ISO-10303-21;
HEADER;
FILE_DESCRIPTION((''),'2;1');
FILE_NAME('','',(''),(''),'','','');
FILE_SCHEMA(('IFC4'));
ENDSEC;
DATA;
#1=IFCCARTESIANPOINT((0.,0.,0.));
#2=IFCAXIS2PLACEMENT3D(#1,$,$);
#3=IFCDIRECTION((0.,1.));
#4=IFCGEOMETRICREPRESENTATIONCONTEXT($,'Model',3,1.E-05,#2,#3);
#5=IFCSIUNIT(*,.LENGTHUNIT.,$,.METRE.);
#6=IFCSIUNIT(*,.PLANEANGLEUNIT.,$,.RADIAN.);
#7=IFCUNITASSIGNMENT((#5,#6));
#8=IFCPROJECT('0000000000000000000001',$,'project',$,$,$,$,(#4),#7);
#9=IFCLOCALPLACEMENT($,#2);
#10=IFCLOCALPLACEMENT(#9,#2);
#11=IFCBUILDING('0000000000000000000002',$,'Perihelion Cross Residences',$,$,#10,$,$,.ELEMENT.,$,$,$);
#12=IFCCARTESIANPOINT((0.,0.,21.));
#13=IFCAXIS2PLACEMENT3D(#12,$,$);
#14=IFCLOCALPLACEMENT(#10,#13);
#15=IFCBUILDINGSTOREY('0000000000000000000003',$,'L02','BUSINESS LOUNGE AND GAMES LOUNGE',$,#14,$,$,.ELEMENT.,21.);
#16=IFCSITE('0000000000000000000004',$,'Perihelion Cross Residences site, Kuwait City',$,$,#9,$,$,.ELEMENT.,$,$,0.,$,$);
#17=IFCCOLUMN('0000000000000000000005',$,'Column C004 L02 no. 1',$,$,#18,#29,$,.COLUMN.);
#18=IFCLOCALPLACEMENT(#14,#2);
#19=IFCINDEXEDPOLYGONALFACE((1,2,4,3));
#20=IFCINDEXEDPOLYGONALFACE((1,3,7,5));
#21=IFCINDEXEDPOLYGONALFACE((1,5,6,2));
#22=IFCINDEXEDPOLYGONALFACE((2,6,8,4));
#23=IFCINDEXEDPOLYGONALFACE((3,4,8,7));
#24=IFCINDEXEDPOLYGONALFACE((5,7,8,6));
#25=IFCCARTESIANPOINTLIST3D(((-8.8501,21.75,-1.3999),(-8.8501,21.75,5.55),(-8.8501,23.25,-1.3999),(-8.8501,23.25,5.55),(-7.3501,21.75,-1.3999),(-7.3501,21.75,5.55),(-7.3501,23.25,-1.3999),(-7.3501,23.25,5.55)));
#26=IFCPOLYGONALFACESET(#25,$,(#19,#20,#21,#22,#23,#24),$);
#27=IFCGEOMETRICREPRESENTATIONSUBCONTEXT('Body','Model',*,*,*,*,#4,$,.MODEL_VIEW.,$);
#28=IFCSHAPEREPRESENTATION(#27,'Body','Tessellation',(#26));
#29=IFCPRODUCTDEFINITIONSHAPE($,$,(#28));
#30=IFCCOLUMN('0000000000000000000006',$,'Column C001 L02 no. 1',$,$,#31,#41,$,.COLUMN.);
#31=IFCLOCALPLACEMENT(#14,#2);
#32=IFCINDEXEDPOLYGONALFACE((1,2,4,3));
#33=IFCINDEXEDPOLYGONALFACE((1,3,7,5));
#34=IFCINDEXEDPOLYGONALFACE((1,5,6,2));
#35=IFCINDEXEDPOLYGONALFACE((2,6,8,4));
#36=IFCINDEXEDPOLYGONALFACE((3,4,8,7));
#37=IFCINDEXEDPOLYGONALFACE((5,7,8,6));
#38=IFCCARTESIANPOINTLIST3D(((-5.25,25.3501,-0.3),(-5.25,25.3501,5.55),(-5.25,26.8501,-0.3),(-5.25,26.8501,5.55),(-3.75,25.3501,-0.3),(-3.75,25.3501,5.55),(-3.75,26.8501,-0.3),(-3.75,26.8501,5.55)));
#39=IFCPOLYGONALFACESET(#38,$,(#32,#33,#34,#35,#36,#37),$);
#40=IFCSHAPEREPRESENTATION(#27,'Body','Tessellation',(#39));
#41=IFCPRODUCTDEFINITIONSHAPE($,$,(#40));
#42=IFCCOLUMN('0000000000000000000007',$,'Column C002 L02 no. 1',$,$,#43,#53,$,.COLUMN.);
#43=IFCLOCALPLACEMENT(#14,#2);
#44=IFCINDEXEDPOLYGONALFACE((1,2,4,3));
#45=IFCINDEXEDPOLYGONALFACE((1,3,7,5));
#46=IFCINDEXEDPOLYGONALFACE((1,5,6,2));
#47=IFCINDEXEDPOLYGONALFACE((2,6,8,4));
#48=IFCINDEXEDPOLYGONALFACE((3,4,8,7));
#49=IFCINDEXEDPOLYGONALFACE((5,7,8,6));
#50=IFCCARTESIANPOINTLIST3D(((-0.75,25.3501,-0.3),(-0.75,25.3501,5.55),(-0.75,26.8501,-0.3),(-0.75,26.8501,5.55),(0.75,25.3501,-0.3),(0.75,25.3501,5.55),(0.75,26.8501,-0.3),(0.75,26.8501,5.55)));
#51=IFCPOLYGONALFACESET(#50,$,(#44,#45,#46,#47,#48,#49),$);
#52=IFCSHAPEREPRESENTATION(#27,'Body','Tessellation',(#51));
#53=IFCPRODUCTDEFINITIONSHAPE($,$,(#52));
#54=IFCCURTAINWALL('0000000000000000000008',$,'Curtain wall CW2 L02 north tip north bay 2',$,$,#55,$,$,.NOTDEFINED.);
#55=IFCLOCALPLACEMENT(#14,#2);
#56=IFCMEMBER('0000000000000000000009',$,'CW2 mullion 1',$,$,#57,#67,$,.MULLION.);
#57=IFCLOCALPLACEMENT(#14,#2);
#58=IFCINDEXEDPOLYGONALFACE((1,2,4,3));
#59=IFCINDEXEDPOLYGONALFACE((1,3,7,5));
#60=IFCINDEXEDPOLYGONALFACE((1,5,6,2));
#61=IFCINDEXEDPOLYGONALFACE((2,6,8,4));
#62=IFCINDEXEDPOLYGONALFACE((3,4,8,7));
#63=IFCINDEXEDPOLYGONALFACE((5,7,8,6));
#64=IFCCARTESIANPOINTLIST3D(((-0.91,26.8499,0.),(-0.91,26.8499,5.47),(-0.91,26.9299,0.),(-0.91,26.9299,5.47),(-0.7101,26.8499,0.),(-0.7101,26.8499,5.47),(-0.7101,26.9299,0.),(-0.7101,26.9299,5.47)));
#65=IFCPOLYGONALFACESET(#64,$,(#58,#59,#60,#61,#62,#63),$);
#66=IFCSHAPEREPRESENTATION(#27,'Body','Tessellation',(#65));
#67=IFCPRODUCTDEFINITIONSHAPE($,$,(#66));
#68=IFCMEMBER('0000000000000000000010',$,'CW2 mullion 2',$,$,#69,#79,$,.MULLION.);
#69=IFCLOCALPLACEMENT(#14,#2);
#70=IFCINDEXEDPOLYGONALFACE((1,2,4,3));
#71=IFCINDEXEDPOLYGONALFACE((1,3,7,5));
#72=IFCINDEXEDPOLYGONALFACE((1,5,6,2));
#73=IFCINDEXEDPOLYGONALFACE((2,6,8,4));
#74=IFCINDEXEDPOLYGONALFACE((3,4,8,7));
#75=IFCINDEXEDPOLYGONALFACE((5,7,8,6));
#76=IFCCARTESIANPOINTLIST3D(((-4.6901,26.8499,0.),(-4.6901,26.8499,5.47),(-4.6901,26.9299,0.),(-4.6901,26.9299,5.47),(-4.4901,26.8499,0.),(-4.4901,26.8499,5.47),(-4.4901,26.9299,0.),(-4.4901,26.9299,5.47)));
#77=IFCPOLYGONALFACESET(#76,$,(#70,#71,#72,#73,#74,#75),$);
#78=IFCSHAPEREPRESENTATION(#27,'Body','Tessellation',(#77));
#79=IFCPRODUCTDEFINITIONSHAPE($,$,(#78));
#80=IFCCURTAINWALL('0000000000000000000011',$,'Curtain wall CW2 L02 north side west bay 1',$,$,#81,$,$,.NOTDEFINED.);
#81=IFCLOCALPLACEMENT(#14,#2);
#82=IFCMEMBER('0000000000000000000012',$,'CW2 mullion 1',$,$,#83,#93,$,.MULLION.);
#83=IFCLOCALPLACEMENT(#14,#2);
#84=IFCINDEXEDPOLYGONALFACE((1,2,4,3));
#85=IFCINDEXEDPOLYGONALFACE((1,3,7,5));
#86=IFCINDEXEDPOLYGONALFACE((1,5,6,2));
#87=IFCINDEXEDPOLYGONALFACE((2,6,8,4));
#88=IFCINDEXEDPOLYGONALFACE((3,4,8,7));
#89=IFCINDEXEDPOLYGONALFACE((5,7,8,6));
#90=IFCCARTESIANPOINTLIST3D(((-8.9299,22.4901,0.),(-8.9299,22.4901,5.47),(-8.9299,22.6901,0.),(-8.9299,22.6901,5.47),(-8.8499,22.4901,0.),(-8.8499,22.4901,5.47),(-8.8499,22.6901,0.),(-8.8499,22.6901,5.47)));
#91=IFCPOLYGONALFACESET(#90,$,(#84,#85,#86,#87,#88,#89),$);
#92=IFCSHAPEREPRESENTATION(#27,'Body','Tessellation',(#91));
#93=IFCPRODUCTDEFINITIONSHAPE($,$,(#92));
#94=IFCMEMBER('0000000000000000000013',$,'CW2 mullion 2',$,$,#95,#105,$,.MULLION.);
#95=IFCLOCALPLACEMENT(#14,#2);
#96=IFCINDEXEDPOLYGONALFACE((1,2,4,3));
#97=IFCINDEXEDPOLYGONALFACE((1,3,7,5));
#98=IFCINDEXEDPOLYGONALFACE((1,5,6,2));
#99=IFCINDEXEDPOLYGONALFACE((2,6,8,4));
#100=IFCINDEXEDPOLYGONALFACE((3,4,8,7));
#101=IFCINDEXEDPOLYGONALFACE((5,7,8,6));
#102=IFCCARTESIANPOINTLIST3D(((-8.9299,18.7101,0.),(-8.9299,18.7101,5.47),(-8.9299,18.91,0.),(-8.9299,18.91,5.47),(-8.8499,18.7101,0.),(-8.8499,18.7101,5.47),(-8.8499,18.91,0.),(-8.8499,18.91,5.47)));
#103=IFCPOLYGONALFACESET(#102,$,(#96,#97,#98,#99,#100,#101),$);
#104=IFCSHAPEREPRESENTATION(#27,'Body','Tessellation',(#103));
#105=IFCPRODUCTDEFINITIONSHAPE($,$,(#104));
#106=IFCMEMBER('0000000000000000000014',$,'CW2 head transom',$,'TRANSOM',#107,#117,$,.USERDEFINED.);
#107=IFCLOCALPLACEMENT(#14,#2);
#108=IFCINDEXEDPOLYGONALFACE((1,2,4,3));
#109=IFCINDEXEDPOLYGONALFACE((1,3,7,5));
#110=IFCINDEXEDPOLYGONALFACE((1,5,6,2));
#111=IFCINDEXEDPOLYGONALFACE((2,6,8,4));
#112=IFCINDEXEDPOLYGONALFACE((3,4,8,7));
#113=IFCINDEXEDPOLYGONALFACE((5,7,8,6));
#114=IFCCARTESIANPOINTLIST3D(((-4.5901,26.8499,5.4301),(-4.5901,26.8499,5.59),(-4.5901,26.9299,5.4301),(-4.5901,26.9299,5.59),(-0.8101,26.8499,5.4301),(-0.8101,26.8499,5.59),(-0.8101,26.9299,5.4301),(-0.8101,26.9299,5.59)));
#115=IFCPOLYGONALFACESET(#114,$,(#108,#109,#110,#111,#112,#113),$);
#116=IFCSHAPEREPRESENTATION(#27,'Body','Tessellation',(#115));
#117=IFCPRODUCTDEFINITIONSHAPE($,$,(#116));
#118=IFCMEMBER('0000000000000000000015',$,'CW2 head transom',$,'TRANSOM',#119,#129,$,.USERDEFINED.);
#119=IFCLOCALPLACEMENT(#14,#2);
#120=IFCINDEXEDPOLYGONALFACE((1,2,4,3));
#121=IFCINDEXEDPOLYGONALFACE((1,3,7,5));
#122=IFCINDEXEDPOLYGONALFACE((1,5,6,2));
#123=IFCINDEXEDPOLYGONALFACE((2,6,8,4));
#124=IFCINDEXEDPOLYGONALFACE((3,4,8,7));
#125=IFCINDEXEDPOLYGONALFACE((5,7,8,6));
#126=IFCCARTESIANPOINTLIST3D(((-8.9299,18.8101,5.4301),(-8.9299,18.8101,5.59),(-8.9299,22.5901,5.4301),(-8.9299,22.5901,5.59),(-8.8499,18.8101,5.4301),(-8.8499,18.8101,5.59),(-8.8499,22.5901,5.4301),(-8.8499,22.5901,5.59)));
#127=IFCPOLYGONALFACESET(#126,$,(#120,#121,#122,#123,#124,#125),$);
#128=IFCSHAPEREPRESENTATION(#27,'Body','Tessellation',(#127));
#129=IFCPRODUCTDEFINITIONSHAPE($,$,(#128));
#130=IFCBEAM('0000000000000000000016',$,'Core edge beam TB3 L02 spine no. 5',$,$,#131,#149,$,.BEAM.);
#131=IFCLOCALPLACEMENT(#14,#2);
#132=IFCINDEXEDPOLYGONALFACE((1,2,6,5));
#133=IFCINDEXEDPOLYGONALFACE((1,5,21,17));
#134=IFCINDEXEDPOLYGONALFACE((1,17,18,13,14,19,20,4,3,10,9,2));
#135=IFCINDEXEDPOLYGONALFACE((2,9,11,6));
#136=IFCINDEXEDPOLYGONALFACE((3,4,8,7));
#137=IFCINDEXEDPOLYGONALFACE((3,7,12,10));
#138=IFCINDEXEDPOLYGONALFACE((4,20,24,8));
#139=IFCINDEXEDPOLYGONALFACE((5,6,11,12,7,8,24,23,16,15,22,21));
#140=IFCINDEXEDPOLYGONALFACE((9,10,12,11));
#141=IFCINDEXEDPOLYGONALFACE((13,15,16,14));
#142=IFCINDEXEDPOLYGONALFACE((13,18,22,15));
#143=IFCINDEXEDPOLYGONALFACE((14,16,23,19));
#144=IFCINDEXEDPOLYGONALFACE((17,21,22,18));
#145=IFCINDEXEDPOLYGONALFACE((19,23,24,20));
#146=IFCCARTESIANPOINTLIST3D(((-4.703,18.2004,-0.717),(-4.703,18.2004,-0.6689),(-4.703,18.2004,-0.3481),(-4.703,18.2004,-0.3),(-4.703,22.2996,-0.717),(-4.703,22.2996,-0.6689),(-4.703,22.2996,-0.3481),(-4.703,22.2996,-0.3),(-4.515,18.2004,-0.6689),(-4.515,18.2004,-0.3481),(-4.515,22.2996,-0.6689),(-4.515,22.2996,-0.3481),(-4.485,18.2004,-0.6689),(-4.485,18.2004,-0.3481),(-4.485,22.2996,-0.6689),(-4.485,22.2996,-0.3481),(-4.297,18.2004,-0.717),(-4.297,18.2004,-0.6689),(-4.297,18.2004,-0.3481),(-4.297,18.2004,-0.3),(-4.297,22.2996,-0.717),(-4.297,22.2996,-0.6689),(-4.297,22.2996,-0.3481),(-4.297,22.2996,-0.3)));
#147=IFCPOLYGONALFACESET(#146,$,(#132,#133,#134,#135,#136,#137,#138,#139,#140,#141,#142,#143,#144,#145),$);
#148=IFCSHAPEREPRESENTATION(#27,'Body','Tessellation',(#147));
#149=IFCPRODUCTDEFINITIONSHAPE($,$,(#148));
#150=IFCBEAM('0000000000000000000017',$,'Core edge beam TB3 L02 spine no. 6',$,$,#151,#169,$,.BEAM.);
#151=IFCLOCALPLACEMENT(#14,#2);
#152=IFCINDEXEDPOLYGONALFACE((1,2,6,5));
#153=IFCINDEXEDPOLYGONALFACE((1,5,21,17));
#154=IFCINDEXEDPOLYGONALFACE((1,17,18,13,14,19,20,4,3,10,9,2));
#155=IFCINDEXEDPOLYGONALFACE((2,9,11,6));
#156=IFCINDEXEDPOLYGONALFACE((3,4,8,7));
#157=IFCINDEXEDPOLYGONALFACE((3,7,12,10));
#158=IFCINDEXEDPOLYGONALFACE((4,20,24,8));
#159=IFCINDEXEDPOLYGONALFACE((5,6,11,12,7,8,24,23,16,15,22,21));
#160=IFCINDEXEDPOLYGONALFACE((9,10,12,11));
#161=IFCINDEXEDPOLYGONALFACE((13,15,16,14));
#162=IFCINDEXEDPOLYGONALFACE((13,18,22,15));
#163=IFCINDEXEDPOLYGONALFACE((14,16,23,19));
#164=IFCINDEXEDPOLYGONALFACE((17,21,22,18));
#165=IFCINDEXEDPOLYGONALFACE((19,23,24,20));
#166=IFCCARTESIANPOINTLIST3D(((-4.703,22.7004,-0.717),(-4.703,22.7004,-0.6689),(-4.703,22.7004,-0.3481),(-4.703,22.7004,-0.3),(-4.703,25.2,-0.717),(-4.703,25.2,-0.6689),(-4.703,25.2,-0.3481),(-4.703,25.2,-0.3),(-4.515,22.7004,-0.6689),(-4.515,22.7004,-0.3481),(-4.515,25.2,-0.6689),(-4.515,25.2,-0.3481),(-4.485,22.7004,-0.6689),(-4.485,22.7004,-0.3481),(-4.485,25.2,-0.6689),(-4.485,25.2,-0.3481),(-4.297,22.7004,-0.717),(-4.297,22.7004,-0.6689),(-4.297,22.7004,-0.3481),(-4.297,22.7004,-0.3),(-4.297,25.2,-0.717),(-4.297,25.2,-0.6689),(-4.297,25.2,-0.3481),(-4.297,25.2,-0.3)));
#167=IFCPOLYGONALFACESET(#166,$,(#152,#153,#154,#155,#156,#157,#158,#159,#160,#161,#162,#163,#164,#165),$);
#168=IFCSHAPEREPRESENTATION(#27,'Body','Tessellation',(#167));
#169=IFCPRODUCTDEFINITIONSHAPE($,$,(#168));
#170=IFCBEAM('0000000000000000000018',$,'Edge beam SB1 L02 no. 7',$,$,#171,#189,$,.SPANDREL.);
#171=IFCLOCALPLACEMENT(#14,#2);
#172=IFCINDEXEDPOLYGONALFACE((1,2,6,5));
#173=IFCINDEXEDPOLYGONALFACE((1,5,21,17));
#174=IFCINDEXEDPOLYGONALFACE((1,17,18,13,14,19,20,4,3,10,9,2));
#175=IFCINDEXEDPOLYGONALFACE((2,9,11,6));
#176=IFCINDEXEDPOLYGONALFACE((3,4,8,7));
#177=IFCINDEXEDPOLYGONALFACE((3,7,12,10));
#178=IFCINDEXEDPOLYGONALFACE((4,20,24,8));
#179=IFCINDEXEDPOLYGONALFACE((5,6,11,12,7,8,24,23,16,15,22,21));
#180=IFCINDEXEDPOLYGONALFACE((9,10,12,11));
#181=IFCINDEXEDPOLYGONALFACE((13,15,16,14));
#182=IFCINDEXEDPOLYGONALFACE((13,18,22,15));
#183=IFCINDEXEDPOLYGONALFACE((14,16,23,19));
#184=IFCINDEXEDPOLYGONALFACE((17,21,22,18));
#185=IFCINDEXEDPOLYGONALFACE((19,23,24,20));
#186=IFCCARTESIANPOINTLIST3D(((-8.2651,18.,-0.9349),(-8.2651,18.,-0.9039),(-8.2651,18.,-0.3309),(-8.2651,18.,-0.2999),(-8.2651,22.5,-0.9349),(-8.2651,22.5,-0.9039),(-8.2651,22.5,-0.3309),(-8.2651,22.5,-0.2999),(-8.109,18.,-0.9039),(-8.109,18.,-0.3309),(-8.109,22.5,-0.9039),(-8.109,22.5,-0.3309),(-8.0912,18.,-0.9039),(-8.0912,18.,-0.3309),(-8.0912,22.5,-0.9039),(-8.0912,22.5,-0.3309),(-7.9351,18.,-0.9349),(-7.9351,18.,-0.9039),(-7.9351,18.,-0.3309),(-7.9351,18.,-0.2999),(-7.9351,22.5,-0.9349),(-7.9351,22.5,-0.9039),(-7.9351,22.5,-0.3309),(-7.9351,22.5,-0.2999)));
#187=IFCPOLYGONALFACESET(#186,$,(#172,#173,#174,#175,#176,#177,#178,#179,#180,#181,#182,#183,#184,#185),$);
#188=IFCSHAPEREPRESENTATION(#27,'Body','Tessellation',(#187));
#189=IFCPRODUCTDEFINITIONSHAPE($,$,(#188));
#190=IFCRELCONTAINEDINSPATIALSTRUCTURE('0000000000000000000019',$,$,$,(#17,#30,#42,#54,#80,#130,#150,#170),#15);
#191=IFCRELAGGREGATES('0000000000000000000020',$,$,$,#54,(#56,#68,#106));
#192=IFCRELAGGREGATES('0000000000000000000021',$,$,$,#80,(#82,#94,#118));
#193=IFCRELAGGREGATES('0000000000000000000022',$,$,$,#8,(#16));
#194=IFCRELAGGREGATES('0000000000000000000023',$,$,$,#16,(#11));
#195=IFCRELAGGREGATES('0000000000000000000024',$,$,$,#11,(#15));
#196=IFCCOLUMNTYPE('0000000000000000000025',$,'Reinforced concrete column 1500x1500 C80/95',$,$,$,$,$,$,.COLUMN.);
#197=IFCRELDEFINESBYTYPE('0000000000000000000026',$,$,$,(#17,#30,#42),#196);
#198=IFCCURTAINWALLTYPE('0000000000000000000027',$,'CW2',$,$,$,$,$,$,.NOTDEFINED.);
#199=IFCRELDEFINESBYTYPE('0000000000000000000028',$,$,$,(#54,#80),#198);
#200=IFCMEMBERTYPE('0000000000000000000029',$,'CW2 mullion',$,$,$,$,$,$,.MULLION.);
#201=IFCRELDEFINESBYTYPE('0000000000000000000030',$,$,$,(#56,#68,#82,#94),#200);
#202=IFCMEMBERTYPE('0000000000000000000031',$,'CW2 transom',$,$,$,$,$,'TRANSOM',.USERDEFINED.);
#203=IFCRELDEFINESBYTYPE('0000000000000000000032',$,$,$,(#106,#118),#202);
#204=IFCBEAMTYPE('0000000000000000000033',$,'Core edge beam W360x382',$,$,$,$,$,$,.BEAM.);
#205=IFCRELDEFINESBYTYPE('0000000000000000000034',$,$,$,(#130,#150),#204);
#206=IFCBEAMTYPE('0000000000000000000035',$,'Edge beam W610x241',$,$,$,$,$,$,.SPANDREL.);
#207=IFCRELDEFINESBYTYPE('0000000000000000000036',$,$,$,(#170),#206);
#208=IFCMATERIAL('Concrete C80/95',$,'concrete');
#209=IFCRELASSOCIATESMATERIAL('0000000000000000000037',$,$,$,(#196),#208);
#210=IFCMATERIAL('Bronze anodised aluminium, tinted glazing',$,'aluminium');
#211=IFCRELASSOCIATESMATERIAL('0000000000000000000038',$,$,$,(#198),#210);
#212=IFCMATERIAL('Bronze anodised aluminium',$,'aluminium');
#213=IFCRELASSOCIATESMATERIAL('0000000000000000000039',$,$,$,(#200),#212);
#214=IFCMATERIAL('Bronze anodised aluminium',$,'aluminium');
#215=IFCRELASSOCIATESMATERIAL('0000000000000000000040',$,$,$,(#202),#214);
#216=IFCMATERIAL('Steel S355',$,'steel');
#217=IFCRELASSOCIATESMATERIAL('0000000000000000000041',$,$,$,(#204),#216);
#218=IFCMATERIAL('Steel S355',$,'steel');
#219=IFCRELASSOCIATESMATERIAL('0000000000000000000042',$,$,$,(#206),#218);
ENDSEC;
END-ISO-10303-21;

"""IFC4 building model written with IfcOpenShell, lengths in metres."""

from ifc_helpers import new_model, si_unit, direction, frame, origin, origin_2d, place, context, subcontext, project, spatial, rectangle, i_section, extrude, material, material_profile, profile_set, type_object, element, aggregate, save


model = new_model("IFC4")

# Units and contexts
model_context = context("Model", 3, precision=1e-05, world=origin(), true_north=direction((0.0, 1.0)))
body_context = subcontext(model_context, "Body", "Model", "MODEL_VIEW")
ifc_project = project(units=[si_unit("LENGTHUNIT", "METRE"), si_unit("PLANEANGLEUNIT", "RADIAN")], contexts=[model_context])

# Site, building, storey
site_placement = place(None, origin())
site = spatial("IfcSite", under=ifc_project, at=site_placement, Name="Perihelion Cross Residences site, Kuwait City", CompositionType="ELEMENT", RefElevation=0.0)
building_placement = place(site_placement, origin())
building = spatial("IfcBuilding", under=site, at=building_placement, Name="Perihelion Cross Residences", CompositionType="ELEMENT")
storey_placement = place(building_placement, frame((0.0, 0.0, 21.0)))
storey = spatial("IfcBuildingStorey", under=building, at=storey_placement, Name="L02", Description="BUSINESS LOUNGE AND GAMES LOUNGE", CompositionType="ELEMENT", Elevation=21.0)

# Columns
ifc_material_1 = material(Name="Concrete C80/95", Category="concrete")
ifc_material_profile_1 = material_profile(ifc_material_1, rectangle(XDim=1.5, YDim=1.5, at=origin_2d()), Name="RC 1500x1500")
ifc_profile_set_1 = profile_set([ifc_material_profile_1], Name="Concrete C80/95")
column_type = type_object("IfcColumnType", Name="Reinforced concrete column 1500x1500 C80/95", PredefinedType="COLUMN", material=ifc_profile_set_1)
column_placement = place(storey_placement, frame((-8.1001, 22.5, -1.3999), z_axis=(0.0, 0.0, 1.0), x_axis=(1.0, 0.0, 0.0)))
element("IfcColumn", 1, at=column_placement, inside=storey, type_object=column_type, Name="Column C004 L02 no. 1", PredefinedType="COLUMN", context=body_context, shape_type="SweptSolid", body=[
    extrude(rectangle(XDim=1.5, YDim=1.5, at=origin_2d()), origin(), (0.0, 0.0, 1.0), 6.95),
])
for number, where, z_axis, x_axis, name in (
    (2, (-4.5, 26.1001, -0.3), (0.0, 0.0, 1.0), (1.0, 0.0, 0.0), "Column C001 L02 no. 1"),
    (3, (0.0, 26.1001, -0.3), (0.0, 0.0, 1.0), (1.0, 0.0, 0.0), "Column C002 L02 no. 1"),
):
    element("IfcColumn", number, at=place(storey_placement, frame(where, z_axis=z_axis, x_axis=x_axis)), inside=storey, type_object=column_type, Name=name, PredefinedType="COLUMN", context=body_context, shape_type="SweptSolid", body=[
        extrude(rectangle(XDim=1.5, YDim=1.5, at=origin_2d()), origin(), (0.0, 0.0, 1.0), 5.8501),
    ])

# Curtain walls, members
ifc_material_2 = material(Name="Bronze anodised aluminium, tinted glazing", Category="aluminium")
curtain_wall_type = type_object("IfcCurtainWallType", Name="CW2", PredefinedType="NOTDEFINED", material=ifc_material_2)
curtain_wall_1_placement = place(storey_placement, origin())
curtain_wall_1 = element("IfcCurtainWall", 4, at=curtain_wall_1_placement, inside=storey, type_object=curtain_wall_type, Name="Curtain wall CW2 L02 north tip north bay 2", PredefinedType="NOTDEFINED")
ifc_material_3 = material(Name="Bronze anodised aluminium", Category="aluminium")
ifc_material_profile_2 = material_profile(ifc_material_3, rectangle(XDim=0.0801, YDim=0.2, at=origin_2d()), Name="CW2 mullion")
ifc_profile_set_2 = profile_set([ifc_material_profile_2], Name="Bronze anodised aluminium")
member_type_1 = type_object("IfcMemberType", Name="CW2 mullion", PredefinedType="MULLION", material=ifc_profile_set_2)
member_1_placement = place(storey_placement, frame((-0.8101, 26.8899, 0.0), z_axis=(0.0, 0.0, 1.0), x_axis=(0.0, -1.0, 0.0)))
member_1 = element("IfcMember", 5, at=member_1_placement, type_object=member_type_1, Name="CW2 mullion 1", PredefinedType="MULLION", context=body_context, shape_type="SweptSolid", body=[
    extrude(rectangle(XDim=0.0801, YDim=0.2, at=origin_2d()), origin(), (0.0, 0.0, 1.0), 5.47),
])
member_2_placement = place(storey_placement, frame((-4.5901, 26.8899, 0.0), z_axis=(0.0, 0.0, 1.0), x_axis=(0.0, -1.0, 0.0)))
member_2 = element("IfcMember", 6, at=member_2_placement, type_object=member_type_1, Name="CW2 mullion 2", PredefinedType="MULLION", context=body_context, shape_type="SweptSolid", body=[
    extrude(rectangle(XDim=0.0801, YDim=0.2, at=origin_2d()), origin(), (0.0, 0.0, 1.0), 5.47),
])
curtain_wall_2_placement = place(storey_placement, origin())
curtain_wall_2 = element("IfcCurtainWall", 7, at=curtain_wall_2_placement, inside=storey, type_object=curtain_wall_type, Name="Curtain wall CW2 L02 north side west bay 1", PredefinedType="NOTDEFINED")
member_3_placement = place(storey_placement, frame((-8.8899, 22.5901, 0.0), z_axis=(0.0, 0.0, 1.0), x_axis=(1.0, 0.0, 0.0)))
member_3 = element("IfcMember", 8, at=member_3_placement, type_object=member_type_1, Name="CW2 mullion 1", PredefinedType="MULLION", context=body_context, shape_type="SweptSolid", body=[
    extrude(rectangle(XDim=0.0801, YDim=0.2, at=origin_2d()), origin(), (0.0, 0.0, 1.0), 5.47),
])
member_4_placement = place(storey_placement, frame((-8.8899, 18.8101, 0.0), z_axis=(0.0, 0.0, 1.0), x_axis=(1.0, 0.0, 0.0)))
member_4 = element("IfcMember", 9, at=member_4_placement, type_object=member_type_1, Name="CW2 mullion 2", PredefinedType="MULLION", context=body_context, shape_type="SweptSolid", body=[
    extrude(rectangle(XDim=0.0801, YDim=0.2, at=origin_2d()), origin(), (0.0, 0.0, 1.0), 5.47),
])

# Members
ifc_material_4 = material(Name="Bronze anodised aluminium", Category="aluminium")
ifc_material_profile_3 = material_profile(ifc_material_4, rectangle(XDim=0.0801, YDim=0.1599, at=origin_2d()), Name="CW2 transom")
ifc_profile_set_3 = profile_set([ifc_material_profile_3], Name="Bronze anodised aluminium")
member_type_2 = type_object("IfcMemberType", Name="CW2 transom", ElementType="TRANSOM", PredefinedType="USERDEFINED", material=ifc_profile_set_3)
member_5_placement = place(storey_placement, frame((-0.8101, 26.8899, 5.51), z_axis=(-1.0, 0.0, 0.0), x_axis=(0.0, -1.0, 0.0)))
member_5 = element("IfcMember", 10, at=member_5_placement, type_object=member_type_2, Name="CW2 head transom", ObjectType="TRANSOM", PredefinedType="USERDEFINED", context=body_context, shape_type="SweptSolid", body=[
    extrude(rectangle(XDim=0.0801, YDim=0.1599, at=origin_2d()), origin(), (0.0, 0.0, 1.0), 3.78),
])
member_6_placement = place(storey_placement, frame((-8.8899, 22.5901, 5.51), z_axis=(0.0, -1.0, 0.0), x_axis=(1.0, 0.0, 0.0)))
member_6 = element("IfcMember", 11, at=member_6_placement, type_object=member_type_2, Name="CW2 head transom", ObjectType="TRANSOM", PredefinedType="USERDEFINED", context=body_context, shape_type="SweptSolid", body=[
    extrude(rectangle(XDim=0.0801, YDim=0.1599, at=origin_2d()), origin(), (0.0, 0.0, 1.0), 3.78),
])

# Beams
ifc_material_5 = material(Name="Steel S355", Category="steel")
ifc_material_profile_4 = material_profile(ifc_material_5, i_section(OverallWidth=0.406, OverallDepth=0.417, WebThickness=0.03, FlangeThickness=0.0481, at=origin_2d()), Name="W360x382")
ifc_profile_set_4 = profile_set([ifc_material_profile_4], Name="Steel S355")
beam_type_1 = type_object("IfcBeamType", Name="Core edge beam W360x382", PredefinedType="BEAM", material=ifc_profile_set_4)
beam_1_placement = place(storey_placement, frame((-4.5, 18.2004, -0.5085), z_axis=(0.0, 1.0, 0.0), x_axis=(-1.0, 0.0, 0.0)))
element("IfcBeam", 12, at=beam_1_placement, inside=storey, type_object=beam_type_1, Name="Core edge beam TB3 L02 spine no. 5", PredefinedType="BEAM", context=body_context, shape_type="SweptSolid", body=[
    extrude(i_section(OverallWidth=0.406, OverallDepth=0.417, WebThickness=0.03, FlangeThickness=0.0481, at=origin_2d()), origin(), (0.0, 0.0, 1.0), 4.0991),
])
beam_2_placement = place(storey_placement, frame((-4.5, 22.7004, -0.5085), z_axis=(0.0, 1.0, 0.0), x_axis=(-1.0, 0.0, 0.0)))
element("IfcBeam", 13, at=beam_2_placement, inside=storey, type_object=beam_type_1, Name="Core edge beam TB3 L02 spine no. 6", PredefinedType="BEAM", context=body_context, shape_type="SweptSolid", body=[
    extrude(i_section(OverallWidth=0.406, OverallDepth=0.417, WebThickness=0.03, FlangeThickness=0.0481, at=origin_2d()), origin(), (0.0, 0.0, 1.0), 2.4995),
])
ifc_material_6 = material(Name="Steel S355", Category="steel")
ifc_material_profile_5 = material_profile(ifc_material_6, i_section(OverallWidth=0.3301, OverallDepth=0.635, WebThickness=0.0178, FlangeThickness=0.031, at=origin_2d()), Name="W610x241")
ifc_profile_set_5 = profile_set([ifc_material_profile_5], Name="Steel S355")
beam_type_2 = type_object("IfcBeamType", Name="Edge beam W610x241", PredefinedType="SPANDREL", material=ifc_profile_set_5)
beam_3_placement = place(storey_placement, frame((-8.1001, 22.5, -0.6174), z_axis=(0.0, -1.0, 0.0), x_axis=(1.0, 0.0, 0.0)))
element("IfcBeam", 14, at=beam_3_placement, inside=storey, type_object=beam_type_2, Name="Edge beam SB1 L02 no. 7", PredefinedType="SPANDREL", context=body_context, shape_type="SweptSolid", body=[
    extrude(i_section(OverallWidth=0.3301, OverallDepth=0.635, WebThickness=0.0178, FlangeThickness=0.031, at=origin_2d()), origin(), (0.0, 0.0, 1.0), 4.5),
])

aggregate(curtain_wall_1, [member_1, member_2, member_5])
aggregate(curtain_wall_2, [member_3, member_4, member_6])

save(model, "model.ifc")
